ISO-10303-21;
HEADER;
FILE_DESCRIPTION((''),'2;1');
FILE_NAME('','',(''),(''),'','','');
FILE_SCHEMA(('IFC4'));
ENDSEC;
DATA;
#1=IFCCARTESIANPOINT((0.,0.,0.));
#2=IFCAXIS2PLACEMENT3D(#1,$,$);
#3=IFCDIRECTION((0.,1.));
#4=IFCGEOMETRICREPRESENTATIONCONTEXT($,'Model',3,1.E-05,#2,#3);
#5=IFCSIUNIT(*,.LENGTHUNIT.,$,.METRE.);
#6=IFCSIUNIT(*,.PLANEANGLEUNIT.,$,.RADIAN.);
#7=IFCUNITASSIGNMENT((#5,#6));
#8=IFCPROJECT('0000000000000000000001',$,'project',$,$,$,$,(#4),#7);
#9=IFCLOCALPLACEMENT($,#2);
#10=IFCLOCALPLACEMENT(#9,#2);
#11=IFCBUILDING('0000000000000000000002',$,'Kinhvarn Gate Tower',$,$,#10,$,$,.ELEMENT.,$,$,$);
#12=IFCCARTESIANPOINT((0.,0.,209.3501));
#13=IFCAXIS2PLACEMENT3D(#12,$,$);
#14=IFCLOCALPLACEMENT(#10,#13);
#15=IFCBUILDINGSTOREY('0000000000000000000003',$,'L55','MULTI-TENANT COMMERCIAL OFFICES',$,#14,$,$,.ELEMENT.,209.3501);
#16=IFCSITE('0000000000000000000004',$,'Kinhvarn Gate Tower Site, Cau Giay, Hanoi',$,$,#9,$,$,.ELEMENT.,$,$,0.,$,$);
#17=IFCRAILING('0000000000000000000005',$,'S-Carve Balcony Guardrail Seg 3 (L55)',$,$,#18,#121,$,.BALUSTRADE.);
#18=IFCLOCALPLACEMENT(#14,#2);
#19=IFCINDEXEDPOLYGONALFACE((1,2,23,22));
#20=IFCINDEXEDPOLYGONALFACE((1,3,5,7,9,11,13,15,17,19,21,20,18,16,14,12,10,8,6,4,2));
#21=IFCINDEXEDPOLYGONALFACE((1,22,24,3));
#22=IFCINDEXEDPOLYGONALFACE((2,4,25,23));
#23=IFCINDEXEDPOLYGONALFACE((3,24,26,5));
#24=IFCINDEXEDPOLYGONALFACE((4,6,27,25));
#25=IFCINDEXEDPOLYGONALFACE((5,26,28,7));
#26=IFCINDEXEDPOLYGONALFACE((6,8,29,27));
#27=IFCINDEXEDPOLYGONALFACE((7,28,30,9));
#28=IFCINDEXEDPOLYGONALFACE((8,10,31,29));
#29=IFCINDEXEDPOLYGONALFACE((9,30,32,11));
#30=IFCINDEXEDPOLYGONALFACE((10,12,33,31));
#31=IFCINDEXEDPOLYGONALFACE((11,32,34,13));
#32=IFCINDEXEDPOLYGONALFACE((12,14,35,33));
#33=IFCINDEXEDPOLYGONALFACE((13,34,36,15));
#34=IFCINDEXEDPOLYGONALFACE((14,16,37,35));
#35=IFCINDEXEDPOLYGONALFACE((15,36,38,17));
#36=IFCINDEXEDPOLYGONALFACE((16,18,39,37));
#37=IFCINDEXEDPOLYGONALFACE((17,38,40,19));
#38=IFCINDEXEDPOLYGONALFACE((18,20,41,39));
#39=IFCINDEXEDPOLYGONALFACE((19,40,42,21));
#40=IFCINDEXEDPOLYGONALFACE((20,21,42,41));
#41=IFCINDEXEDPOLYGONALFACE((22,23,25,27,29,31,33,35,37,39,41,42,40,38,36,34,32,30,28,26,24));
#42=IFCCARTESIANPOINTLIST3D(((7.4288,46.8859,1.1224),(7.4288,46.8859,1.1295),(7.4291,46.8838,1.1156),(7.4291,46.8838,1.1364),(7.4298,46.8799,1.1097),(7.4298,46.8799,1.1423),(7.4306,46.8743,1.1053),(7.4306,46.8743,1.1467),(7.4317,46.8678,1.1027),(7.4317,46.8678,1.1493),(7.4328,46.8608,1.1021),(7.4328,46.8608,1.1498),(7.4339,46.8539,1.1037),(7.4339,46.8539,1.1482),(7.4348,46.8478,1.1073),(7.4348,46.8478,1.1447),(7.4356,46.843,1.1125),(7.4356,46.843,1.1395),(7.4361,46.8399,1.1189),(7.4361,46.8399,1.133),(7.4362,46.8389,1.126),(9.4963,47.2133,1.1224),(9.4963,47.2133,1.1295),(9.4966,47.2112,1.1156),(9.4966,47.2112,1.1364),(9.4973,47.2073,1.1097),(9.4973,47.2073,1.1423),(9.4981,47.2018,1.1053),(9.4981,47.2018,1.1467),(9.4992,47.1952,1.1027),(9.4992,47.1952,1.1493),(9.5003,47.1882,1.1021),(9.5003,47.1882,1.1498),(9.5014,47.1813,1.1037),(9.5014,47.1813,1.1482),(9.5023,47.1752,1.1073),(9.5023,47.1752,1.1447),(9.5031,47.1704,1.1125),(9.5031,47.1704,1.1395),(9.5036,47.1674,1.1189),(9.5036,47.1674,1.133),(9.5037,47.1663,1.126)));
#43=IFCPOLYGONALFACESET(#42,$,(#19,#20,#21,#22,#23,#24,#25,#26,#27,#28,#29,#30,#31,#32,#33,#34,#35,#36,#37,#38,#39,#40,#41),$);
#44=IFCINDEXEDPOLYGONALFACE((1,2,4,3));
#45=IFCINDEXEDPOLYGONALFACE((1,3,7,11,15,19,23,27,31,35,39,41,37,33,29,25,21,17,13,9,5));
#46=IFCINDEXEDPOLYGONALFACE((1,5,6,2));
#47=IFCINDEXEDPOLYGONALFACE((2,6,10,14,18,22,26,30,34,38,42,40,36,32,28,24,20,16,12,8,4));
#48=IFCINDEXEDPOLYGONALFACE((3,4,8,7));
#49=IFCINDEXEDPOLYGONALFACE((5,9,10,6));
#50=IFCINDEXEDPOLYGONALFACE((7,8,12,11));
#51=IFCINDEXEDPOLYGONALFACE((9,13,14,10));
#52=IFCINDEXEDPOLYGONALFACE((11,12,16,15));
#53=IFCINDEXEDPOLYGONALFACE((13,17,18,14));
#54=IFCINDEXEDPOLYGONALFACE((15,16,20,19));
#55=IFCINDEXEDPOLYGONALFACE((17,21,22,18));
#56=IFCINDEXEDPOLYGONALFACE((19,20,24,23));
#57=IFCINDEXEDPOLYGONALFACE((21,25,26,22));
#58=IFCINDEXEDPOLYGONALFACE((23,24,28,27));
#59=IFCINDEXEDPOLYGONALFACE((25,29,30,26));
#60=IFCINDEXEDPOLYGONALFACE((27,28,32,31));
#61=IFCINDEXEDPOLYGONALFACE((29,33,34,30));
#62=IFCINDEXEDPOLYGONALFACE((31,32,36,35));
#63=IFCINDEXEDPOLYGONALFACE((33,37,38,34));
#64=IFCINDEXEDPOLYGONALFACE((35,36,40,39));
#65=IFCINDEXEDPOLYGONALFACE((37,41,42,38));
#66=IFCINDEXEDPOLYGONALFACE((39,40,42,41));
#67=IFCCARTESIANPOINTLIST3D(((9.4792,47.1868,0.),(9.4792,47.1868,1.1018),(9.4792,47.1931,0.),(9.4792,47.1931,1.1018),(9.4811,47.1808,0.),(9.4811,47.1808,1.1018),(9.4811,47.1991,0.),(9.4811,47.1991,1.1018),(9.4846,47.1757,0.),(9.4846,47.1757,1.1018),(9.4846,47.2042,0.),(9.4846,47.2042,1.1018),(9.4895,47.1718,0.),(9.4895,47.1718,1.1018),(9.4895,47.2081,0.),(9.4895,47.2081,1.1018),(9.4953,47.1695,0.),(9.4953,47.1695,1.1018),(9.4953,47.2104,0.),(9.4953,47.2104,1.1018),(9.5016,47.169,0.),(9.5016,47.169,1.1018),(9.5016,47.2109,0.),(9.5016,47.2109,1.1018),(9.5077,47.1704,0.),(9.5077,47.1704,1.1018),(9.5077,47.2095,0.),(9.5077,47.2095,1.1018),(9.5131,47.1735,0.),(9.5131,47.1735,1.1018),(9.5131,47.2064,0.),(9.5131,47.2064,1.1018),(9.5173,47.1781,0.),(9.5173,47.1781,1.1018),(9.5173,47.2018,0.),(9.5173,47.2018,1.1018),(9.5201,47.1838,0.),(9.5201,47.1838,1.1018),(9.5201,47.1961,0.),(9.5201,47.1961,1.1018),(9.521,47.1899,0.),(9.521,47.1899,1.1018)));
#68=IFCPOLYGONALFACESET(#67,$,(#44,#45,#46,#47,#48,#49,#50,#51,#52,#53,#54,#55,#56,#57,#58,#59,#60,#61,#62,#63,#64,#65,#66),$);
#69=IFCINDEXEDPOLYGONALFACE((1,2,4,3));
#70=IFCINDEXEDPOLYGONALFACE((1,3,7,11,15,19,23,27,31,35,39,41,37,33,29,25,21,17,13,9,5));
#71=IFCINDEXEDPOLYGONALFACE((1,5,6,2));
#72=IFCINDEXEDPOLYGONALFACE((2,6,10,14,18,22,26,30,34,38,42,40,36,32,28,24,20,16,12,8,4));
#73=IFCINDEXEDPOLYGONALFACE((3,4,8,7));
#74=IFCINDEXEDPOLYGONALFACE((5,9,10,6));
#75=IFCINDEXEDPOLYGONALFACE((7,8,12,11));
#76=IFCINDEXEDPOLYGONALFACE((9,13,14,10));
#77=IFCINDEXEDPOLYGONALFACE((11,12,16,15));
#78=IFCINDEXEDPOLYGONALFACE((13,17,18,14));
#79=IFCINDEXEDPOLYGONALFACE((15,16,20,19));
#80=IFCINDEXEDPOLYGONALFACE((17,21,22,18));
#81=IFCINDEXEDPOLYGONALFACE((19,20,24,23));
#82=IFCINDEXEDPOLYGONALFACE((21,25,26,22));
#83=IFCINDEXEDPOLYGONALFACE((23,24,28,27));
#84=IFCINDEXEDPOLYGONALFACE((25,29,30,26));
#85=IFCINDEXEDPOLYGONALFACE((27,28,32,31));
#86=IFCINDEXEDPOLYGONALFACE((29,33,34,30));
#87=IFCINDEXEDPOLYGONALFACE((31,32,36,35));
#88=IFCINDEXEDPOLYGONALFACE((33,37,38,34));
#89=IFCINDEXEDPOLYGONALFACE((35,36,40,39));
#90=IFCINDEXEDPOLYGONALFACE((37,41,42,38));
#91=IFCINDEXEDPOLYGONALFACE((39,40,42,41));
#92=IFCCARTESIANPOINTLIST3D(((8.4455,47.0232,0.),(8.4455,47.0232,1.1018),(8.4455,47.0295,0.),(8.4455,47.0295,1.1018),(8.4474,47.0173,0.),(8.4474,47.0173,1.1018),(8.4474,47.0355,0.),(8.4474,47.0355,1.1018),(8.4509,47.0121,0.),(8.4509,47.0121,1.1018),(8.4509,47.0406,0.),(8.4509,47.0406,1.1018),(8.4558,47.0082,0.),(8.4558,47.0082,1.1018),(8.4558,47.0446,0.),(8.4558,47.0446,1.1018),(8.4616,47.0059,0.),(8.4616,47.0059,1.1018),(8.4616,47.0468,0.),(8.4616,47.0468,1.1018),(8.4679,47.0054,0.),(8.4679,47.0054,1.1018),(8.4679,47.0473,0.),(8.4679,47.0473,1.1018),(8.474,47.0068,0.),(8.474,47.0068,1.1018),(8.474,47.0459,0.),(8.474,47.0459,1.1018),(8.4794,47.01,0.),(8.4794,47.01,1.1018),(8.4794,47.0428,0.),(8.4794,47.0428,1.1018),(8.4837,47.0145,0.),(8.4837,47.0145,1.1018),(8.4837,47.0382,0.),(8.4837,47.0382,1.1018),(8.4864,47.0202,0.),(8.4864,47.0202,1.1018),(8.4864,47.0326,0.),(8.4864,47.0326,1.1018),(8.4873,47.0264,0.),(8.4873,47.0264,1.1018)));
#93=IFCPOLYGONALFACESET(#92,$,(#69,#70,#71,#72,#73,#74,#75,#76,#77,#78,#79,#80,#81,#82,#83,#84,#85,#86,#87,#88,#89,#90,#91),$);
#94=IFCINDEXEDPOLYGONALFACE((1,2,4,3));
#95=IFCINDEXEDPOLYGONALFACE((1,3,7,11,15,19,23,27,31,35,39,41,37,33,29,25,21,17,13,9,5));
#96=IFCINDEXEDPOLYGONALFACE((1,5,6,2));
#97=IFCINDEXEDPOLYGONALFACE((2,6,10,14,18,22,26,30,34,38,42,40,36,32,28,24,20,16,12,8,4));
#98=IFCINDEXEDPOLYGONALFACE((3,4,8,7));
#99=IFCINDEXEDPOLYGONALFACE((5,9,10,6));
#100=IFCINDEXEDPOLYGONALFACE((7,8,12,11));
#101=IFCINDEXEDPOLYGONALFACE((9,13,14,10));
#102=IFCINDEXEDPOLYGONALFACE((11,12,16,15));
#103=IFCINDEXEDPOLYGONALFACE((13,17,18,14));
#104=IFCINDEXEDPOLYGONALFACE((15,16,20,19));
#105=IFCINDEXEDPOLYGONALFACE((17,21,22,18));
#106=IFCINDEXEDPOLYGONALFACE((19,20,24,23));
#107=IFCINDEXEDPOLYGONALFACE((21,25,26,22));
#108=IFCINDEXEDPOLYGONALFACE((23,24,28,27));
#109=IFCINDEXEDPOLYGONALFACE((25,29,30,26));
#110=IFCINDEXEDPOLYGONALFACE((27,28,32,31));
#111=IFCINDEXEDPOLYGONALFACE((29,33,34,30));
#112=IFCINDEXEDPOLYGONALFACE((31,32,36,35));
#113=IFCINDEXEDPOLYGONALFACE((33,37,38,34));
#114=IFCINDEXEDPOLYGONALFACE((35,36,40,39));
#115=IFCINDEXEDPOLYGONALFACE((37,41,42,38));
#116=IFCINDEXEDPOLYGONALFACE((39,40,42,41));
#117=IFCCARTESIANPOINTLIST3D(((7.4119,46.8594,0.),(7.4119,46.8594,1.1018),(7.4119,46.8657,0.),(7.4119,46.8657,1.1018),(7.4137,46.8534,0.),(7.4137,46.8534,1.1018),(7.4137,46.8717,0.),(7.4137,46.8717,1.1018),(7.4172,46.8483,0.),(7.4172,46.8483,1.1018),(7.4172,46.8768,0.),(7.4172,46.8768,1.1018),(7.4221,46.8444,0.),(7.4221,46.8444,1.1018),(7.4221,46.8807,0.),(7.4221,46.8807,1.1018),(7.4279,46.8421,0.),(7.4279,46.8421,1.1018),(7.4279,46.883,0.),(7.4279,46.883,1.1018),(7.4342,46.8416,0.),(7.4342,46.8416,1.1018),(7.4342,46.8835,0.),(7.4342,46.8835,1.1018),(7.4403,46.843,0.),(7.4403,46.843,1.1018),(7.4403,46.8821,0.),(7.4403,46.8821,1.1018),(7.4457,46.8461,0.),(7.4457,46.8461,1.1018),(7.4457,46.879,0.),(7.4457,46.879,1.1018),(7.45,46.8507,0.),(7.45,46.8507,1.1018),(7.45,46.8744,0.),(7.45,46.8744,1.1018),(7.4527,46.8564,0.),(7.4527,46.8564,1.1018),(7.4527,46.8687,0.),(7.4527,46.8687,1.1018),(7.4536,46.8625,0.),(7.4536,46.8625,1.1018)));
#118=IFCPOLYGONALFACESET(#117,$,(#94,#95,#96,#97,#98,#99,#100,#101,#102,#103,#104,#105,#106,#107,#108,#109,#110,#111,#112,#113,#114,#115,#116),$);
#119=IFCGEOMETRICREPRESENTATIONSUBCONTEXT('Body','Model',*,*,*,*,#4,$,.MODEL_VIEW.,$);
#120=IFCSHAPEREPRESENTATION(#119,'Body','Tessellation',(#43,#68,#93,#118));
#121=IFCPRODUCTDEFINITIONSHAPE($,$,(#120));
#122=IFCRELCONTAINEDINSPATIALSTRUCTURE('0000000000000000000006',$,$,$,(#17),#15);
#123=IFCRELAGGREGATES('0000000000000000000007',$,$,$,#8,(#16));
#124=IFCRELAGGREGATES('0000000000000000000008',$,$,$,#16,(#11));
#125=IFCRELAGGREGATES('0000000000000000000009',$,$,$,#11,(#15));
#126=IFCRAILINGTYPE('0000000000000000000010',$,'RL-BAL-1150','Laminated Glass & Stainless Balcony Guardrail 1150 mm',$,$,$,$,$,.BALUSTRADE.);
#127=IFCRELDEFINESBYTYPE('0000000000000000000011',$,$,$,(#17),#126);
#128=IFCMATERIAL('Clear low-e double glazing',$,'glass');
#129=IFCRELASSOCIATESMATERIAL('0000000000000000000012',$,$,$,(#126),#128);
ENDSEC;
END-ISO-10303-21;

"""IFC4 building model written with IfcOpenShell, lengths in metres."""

from ifc_helpers import new_model, si_unit, direction, frame, origin, origin_2d, place, context, subcontext, project, spatial, circle, extrude, material, type_object, element, save


model = new_model("IFC4")

# Units and contexts
model_context = context("Model", 3, precision=1e-05, world=origin(), true_north=direction((0.0, 1.0)))
body_context = subcontext(model_context, "Body", "Model", "MODEL_VIEW")
ifc_project = project(units=[si_unit("LENGTHUNIT", "METRE"), si_unit("PLANEANGLEUNIT", "RADIAN")], contexts=[model_context])

# Site, building, storey
site_placement = place(None, origin())
site = spatial("IfcSite", under=ifc_project, at=site_placement, Name="Kinhvarn Gate Tower Site, Cau Giay, Hanoi", CompositionType="ELEMENT", RefElevation=0.0)
building_placement = place(site_placement, origin())
building = spatial("IfcBuilding", under=site, at=building_placement, Name="Kinhvarn Gate Tower", CompositionType="ELEMENT")
storey_placement = place(building_placement, frame((0.0, 0.0, 209.3501)))
storey = spatial("IfcBuildingStorey", under=building, at=storey_placement, Name="L55", Description="MULTI-TENANT COMMERCIAL OFFICES", CompositionType="ELEMENT", Elevation=209.3501)

# Shared definitions
ifc_material_1 = material(Name="Clear low-e double glazing", Category="glass")

# Railing
railing_type_1 = type_object("IfcRailingType", Name="RL-BAL-1150", Description="Laminated Glass & Stainless Balcony Guardrail 1150 mm", PredefinedType="BALUSTRADE", material=ifc_material_1)
railing_1_placement = place(storey_placement, frame((9.5, 47.1899, 0.0)))
element("IfcRailing", 1, at=railing_1_placement, inside=storey, type_object=railing_type_1, Name="S-Carve Balcony Guardrail Seg 3 (L55)", PredefinedType="BALUSTRADE", context=body_context, shape_type="SweptSolid", body=[
    extrude(circle(Radius=0.0239, at=origin_2d()), frame((0.0, 0.0, 1.126), z_axis=(-0.987692, -0.156412, 0.0), x_axis=(0.156412, -0.987692, 0.0)), (0.0, 0.0, 1.0), 2.0933),
    extrude(circle(Radius=0.021, at=origin_2d()), origin(), (0.0, 0.0, 1.0), 1.1018),
    extrude(circle(Radius=0.021, at=origin_2d()), frame((-1.0337, -0.1636, 0.0)), (0.0, 0.0, 1.0), 1.1018),
    extrude(circle(Radius=0.021, at=origin_2d()), frame((-2.0674, -0.3274, 0.0)), (0.0, 0.0, 1.0), 1.1018),
])

save(model, "model.ifc")
